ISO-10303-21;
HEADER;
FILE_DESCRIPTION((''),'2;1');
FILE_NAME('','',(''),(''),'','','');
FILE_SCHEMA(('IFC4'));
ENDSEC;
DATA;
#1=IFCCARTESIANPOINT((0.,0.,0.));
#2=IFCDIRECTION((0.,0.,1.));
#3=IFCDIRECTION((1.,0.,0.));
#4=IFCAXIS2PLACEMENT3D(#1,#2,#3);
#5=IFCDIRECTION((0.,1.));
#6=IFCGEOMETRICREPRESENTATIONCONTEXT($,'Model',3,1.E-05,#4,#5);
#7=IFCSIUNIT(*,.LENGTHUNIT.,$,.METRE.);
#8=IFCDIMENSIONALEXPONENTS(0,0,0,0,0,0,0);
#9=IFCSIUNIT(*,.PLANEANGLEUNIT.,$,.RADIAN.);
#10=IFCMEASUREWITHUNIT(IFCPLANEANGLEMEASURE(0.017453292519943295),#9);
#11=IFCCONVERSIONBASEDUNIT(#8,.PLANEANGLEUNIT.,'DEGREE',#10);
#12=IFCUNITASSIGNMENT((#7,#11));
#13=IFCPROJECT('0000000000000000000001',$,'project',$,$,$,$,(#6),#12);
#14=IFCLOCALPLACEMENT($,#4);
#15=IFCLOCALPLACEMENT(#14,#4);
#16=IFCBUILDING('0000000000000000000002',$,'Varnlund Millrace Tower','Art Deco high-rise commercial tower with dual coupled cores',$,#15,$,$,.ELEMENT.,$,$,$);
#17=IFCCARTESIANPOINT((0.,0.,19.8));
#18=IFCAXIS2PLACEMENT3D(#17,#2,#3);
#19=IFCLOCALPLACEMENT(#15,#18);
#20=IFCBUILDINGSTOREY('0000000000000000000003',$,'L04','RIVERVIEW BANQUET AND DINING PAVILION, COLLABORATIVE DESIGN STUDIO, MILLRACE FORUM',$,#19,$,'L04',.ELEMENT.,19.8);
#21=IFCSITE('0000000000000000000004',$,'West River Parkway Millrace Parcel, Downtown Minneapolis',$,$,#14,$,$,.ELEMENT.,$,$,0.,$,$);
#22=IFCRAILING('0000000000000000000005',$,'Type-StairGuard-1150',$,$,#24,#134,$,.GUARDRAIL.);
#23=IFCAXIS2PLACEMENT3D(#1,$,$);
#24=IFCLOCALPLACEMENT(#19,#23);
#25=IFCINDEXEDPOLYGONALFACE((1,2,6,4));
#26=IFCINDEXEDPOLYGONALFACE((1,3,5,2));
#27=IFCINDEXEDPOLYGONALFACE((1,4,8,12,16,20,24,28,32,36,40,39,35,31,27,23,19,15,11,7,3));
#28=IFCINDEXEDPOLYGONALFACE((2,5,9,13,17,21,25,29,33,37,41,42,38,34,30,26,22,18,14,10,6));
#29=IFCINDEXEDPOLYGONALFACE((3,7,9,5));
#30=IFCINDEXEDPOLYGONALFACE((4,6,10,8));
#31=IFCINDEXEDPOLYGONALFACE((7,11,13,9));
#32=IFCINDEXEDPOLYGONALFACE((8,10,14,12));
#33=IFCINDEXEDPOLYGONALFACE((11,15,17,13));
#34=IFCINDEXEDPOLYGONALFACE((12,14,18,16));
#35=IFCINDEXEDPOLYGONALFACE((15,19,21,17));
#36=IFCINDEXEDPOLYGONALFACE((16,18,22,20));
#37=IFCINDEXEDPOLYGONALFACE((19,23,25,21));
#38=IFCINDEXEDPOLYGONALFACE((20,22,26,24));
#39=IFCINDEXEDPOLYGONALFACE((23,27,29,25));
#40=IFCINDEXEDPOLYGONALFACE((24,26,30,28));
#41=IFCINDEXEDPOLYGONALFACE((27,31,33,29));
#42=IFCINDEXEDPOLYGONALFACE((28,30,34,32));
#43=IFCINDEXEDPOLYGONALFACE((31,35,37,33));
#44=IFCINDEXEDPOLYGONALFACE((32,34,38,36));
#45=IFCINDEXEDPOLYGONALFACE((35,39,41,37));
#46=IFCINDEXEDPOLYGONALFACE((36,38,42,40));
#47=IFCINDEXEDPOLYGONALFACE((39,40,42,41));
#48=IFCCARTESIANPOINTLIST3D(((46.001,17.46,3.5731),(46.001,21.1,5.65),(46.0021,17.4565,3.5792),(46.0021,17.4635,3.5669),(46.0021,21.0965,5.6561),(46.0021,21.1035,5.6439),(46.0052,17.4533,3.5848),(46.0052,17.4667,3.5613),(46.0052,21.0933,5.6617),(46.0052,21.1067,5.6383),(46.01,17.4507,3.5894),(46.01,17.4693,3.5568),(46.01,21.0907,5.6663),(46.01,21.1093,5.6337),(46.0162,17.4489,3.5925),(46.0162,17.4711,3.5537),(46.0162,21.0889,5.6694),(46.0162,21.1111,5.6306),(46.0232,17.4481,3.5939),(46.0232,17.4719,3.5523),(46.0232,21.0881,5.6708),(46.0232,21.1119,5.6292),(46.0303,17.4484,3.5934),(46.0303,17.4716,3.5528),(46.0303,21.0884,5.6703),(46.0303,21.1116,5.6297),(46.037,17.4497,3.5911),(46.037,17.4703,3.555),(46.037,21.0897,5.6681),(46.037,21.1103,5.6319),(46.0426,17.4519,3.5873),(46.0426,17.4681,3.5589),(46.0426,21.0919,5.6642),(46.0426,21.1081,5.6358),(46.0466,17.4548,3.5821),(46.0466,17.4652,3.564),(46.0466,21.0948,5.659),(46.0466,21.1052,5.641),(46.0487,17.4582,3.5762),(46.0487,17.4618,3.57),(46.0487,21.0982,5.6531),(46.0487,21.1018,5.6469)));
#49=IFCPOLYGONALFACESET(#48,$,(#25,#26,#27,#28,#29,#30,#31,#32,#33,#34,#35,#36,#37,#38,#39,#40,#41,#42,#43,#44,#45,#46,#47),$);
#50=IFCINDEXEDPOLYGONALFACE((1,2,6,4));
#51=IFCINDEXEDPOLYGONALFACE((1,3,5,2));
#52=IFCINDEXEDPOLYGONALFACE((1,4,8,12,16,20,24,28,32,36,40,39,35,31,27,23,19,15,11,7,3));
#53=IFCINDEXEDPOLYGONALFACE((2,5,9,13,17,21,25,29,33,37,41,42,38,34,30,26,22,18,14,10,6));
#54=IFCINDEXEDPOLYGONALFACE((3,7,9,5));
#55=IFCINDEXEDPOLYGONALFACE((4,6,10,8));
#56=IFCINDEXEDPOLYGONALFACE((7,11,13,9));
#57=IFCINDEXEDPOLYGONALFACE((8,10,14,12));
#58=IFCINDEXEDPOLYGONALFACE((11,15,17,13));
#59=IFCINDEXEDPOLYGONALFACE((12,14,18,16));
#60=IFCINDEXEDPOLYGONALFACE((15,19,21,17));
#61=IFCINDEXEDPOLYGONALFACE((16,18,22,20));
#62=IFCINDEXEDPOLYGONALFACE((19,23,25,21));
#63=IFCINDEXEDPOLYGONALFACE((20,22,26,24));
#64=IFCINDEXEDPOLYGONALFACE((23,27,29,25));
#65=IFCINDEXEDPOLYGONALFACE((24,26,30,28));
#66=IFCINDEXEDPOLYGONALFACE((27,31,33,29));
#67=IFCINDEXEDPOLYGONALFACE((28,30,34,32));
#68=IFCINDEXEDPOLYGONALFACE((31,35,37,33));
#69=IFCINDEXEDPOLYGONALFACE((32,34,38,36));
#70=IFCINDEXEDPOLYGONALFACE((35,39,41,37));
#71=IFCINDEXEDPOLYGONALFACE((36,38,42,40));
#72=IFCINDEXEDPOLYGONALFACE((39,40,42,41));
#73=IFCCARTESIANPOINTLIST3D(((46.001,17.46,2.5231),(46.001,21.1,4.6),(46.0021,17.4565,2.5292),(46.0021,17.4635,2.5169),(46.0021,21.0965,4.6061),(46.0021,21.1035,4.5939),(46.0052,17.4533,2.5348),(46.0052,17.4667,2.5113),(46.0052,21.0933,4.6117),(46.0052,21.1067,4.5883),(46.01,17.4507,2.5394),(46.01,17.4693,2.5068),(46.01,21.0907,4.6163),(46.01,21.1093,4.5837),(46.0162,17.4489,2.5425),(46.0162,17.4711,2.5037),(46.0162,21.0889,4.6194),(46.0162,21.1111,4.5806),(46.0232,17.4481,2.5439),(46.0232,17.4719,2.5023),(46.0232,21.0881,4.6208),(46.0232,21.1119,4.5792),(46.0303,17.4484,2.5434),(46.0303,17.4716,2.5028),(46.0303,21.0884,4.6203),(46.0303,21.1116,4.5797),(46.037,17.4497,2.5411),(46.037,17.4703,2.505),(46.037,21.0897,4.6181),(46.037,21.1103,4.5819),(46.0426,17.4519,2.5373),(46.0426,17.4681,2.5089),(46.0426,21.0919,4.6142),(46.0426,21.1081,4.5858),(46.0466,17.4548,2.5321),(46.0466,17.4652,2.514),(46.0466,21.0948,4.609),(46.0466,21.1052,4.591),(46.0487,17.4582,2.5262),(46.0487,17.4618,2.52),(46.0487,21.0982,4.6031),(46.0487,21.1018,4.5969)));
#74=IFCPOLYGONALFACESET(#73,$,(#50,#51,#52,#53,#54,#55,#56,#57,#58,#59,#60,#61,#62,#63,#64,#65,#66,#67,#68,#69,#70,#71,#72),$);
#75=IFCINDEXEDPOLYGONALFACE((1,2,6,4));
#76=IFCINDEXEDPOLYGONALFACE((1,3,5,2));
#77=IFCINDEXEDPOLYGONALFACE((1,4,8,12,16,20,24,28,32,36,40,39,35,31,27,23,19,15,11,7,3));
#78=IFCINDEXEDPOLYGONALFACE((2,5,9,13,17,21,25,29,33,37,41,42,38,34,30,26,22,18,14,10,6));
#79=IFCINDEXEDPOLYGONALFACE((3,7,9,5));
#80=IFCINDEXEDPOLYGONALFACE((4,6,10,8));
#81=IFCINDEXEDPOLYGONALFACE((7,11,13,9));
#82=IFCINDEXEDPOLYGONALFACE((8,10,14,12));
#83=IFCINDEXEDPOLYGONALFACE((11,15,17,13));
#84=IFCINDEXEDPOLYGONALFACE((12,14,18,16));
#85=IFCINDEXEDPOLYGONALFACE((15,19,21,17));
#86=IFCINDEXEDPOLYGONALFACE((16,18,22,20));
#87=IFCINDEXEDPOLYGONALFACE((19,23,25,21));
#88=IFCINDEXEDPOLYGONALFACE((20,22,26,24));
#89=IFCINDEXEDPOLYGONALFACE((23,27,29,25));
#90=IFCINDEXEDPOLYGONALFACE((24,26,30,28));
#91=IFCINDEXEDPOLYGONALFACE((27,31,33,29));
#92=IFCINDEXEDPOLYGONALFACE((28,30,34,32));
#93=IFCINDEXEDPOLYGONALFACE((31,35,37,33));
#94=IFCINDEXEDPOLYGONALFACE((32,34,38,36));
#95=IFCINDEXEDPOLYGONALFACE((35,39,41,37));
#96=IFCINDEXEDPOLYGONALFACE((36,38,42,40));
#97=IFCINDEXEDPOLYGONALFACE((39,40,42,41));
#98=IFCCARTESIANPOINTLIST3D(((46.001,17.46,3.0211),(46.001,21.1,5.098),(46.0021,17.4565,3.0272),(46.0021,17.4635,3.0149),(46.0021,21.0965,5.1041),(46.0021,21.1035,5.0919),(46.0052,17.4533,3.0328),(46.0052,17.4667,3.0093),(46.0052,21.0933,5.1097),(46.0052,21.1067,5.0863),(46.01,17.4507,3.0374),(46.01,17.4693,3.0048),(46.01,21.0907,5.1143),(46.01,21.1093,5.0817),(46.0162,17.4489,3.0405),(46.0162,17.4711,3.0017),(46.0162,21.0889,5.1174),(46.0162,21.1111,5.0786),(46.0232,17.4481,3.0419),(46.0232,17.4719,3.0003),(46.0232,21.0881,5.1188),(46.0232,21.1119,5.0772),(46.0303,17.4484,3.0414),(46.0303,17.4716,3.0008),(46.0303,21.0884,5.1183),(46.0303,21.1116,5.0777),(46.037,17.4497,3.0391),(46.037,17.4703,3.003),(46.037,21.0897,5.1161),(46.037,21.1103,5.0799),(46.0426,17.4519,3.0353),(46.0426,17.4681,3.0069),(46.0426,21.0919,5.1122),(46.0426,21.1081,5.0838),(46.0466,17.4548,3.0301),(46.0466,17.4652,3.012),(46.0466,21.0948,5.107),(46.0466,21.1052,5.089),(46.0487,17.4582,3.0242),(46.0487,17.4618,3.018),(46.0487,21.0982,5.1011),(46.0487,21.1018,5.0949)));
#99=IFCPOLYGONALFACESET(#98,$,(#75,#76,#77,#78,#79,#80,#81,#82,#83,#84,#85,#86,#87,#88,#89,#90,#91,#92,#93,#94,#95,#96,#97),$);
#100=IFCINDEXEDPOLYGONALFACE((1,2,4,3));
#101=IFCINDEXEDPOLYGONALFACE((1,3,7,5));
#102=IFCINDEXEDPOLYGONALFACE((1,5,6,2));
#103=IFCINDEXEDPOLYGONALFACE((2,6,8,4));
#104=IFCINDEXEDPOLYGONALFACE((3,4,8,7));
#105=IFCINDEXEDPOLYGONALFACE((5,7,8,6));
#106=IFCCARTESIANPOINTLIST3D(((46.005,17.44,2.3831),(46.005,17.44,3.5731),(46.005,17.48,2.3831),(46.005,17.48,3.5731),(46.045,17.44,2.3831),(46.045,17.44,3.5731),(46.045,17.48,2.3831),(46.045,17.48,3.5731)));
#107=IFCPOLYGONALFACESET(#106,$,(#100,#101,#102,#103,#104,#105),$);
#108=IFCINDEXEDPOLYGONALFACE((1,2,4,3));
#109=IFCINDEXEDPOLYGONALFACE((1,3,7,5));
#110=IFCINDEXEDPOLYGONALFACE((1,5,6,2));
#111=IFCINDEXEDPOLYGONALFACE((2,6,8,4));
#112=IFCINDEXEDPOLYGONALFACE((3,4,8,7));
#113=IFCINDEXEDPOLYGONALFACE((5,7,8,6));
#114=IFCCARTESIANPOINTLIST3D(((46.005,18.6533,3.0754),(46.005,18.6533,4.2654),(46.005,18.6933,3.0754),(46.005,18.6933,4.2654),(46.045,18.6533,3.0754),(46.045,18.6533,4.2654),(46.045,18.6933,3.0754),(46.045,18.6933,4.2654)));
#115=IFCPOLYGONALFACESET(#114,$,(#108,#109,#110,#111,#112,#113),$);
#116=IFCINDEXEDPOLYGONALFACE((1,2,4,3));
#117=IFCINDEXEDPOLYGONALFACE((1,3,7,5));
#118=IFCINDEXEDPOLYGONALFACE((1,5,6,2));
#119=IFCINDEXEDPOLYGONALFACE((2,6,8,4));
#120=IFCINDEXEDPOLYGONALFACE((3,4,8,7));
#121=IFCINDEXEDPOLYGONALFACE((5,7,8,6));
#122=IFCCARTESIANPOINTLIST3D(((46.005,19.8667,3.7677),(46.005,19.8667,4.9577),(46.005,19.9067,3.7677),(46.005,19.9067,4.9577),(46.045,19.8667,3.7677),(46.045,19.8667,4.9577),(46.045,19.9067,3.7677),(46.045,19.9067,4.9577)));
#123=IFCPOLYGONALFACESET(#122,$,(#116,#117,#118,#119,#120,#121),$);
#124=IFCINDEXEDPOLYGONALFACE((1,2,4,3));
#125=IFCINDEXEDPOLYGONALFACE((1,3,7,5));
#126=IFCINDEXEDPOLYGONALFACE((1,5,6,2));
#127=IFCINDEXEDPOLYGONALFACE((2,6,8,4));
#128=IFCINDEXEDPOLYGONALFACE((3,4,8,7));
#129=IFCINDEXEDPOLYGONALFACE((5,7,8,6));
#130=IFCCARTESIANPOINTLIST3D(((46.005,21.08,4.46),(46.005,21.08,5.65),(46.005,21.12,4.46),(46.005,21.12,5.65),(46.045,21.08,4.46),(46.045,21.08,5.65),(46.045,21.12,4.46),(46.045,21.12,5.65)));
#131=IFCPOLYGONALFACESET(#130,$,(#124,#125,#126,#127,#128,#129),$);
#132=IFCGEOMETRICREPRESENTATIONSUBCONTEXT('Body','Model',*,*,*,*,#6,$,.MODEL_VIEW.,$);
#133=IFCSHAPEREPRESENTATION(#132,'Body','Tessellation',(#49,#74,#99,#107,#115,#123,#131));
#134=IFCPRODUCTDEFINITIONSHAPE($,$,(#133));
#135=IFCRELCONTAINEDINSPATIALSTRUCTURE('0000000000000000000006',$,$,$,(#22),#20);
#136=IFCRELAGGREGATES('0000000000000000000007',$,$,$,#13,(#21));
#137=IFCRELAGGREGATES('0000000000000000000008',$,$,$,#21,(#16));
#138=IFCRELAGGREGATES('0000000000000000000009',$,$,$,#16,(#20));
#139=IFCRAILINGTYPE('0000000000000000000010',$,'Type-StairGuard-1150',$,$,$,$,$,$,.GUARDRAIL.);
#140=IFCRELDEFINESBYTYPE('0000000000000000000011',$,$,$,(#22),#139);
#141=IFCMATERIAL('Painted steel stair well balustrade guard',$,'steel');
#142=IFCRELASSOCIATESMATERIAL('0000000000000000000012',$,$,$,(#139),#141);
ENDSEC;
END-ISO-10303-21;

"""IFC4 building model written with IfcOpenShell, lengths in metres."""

from ifc_helpers import new_model, entity, si_unit, converted_unit, direction, frame, origin_with_axes, origin_2d_with_axis, place, context, subcontext, project, spatial, rectangle, circle, extrude, material, type_object, element, save


model = new_model("IFC4")

# Units and contexts
model_context = context("Model", 3, precision=1e-05, world=origin_with_axes(), true_north=direction((0.0, 1.0)))
body_context = subcontext(model_context, "Body", "Model", "MODEL_VIEW")
ifc_project = project(units=[si_unit("LENGTHUNIT", "METRE"), converted_unit("PLANEANGLEUNIT", "DEGREE", entity("IfcPlaneAngleMeasure", 0.017453292519943295), si_unit("PLANEANGLEUNIT", "RADIAN"), dimensions=[0, 0, 0, 0, 0, 0, 0])], contexts=[model_context])

# Site, building, storey
site_placement = place(None, origin_with_axes())
site = spatial("IfcSite", under=ifc_project, at=site_placement, Name="West River Parkway Millrace Parcel, Downtown Minneapolis", CompositionType="ELEMENT", RefElevation=0.0)
building_placement = place(site_placement, origin_with_axes())
building = spatial("IfcBuilding", under=site, at=building_placement, Name="Varnlund Millrace Tower", Description="Art Deco high-rise commercial tower with dual coupled cores", CompositionType="ELEMENT")
storey_placement = place(building_placement, frame((0.0, 0.0, 19.8), z_axis=(0.0, 0.0, 1.0), x_axis=(1.0, 0.0, 0.0)))
storey = spatial("IfcBuildingStorey", under=building, at=storey_placement, Name="L04", Description="RIVERVIEW BANQUET AND DINING PAVILION, COLLABORATIVE DESIGN STUDIO, MILLRACE FORUM", LongName="L04", CompositionType="ELEMENT", Elevation=19.8)

# Railing
ifc_material_1 = material(Name="Painted steel stair well balustrade guard", Category="steel")
railing_type_1 = type_object("IfcRailingType", Name="Type-StairGuard-1150", PredefinedType="GUARDRAIL", material=ifc_material_1)
railing_1_placement = place(storey_placement, frame((0.0, 0.0, -19.8), z_axis=(0.0, 0.0, 1.0), x_axis=(1.0, 0.0, 0.0)))
element("IfcRailing", 1, at=railing_1_placement, inside=storey, type_object=railing_type_1, Name="Type-StairGuard-1150", PredefinedType="GUARDRAIL", context=body_context, shape_type="SweptSolid", body=[
    extrude(circle(Radius=0.024, at=origin_2d_with_axis()), frame((46.025, 17.46, 23.3731), z_axis=(0.0, 0.868559, 0.495585), x_axis=(-1.0, 0.0, 0.0)), (0.0, 0.0, 1.0), 4.1908),
    extrude(circle(Radius=0.024, at=origin_2d_with_axis()), frame((46.025, 17.46, 22.3231), z_axis=(0.0, 0.868559, 0.495585), x_axis=(-1.0, 0.0, 0.0)), (0.0, 0.0, 1.0), 4.1908),
    extrude(circle(Radius=0.024, at=origin_2d_with_axis()), frame((46.025, 17.46, 22.8211), z_axis=(0.0, 0.868559, 0.495585), x_axis=(-1.0, 0.0, 0.0)), (0.0, 0.0, 1.0), 4.1908),
    extrude(rectangle(XDim=0.04, YDim=0.04, at=origin_2d_with_axis()), frame((46.025, 17.46, 22.1831), z_axis=(0.0, 0.0, 1.0), x_axis=(1.0, 0.0, 0.0)), (0.0, 0.0, 1.0), 1.19),
    extrude(rectangle(XDim=0.04, YDim=0.04, at=origin_2d_with_axis()), frame((46.025, 18.6733, 22.8754), z_axis=(0.0, 0.0, 1.0), x_axis=(1.0, 0.0, 0.0)), (0.0, 0.0, 1.0), 1.19),
    extrude(rectangle(XDim=0.04, YDim=0.04, at=origin_2d_with_axis()), frame((46.025, 19.8867, 23.5677), z_axis=(0.0, 0.0, 1.0), x_axis=(1.0, 0.0, 0.0)), (0.0, 0.0, 1.0), 1.19),
    extrude(rectangle(XDim=0.04, YDim=0.04, at=origin_2d_with_axis()), frame((46.025, 21.1, 24.26), z_axis=(0.0, 0.0, 1.0), x_axis=(1.0, 0.0, 0.0)), (0.0, 0.0, 1.0), 1.19),
])

save(model, "model.ifc")
